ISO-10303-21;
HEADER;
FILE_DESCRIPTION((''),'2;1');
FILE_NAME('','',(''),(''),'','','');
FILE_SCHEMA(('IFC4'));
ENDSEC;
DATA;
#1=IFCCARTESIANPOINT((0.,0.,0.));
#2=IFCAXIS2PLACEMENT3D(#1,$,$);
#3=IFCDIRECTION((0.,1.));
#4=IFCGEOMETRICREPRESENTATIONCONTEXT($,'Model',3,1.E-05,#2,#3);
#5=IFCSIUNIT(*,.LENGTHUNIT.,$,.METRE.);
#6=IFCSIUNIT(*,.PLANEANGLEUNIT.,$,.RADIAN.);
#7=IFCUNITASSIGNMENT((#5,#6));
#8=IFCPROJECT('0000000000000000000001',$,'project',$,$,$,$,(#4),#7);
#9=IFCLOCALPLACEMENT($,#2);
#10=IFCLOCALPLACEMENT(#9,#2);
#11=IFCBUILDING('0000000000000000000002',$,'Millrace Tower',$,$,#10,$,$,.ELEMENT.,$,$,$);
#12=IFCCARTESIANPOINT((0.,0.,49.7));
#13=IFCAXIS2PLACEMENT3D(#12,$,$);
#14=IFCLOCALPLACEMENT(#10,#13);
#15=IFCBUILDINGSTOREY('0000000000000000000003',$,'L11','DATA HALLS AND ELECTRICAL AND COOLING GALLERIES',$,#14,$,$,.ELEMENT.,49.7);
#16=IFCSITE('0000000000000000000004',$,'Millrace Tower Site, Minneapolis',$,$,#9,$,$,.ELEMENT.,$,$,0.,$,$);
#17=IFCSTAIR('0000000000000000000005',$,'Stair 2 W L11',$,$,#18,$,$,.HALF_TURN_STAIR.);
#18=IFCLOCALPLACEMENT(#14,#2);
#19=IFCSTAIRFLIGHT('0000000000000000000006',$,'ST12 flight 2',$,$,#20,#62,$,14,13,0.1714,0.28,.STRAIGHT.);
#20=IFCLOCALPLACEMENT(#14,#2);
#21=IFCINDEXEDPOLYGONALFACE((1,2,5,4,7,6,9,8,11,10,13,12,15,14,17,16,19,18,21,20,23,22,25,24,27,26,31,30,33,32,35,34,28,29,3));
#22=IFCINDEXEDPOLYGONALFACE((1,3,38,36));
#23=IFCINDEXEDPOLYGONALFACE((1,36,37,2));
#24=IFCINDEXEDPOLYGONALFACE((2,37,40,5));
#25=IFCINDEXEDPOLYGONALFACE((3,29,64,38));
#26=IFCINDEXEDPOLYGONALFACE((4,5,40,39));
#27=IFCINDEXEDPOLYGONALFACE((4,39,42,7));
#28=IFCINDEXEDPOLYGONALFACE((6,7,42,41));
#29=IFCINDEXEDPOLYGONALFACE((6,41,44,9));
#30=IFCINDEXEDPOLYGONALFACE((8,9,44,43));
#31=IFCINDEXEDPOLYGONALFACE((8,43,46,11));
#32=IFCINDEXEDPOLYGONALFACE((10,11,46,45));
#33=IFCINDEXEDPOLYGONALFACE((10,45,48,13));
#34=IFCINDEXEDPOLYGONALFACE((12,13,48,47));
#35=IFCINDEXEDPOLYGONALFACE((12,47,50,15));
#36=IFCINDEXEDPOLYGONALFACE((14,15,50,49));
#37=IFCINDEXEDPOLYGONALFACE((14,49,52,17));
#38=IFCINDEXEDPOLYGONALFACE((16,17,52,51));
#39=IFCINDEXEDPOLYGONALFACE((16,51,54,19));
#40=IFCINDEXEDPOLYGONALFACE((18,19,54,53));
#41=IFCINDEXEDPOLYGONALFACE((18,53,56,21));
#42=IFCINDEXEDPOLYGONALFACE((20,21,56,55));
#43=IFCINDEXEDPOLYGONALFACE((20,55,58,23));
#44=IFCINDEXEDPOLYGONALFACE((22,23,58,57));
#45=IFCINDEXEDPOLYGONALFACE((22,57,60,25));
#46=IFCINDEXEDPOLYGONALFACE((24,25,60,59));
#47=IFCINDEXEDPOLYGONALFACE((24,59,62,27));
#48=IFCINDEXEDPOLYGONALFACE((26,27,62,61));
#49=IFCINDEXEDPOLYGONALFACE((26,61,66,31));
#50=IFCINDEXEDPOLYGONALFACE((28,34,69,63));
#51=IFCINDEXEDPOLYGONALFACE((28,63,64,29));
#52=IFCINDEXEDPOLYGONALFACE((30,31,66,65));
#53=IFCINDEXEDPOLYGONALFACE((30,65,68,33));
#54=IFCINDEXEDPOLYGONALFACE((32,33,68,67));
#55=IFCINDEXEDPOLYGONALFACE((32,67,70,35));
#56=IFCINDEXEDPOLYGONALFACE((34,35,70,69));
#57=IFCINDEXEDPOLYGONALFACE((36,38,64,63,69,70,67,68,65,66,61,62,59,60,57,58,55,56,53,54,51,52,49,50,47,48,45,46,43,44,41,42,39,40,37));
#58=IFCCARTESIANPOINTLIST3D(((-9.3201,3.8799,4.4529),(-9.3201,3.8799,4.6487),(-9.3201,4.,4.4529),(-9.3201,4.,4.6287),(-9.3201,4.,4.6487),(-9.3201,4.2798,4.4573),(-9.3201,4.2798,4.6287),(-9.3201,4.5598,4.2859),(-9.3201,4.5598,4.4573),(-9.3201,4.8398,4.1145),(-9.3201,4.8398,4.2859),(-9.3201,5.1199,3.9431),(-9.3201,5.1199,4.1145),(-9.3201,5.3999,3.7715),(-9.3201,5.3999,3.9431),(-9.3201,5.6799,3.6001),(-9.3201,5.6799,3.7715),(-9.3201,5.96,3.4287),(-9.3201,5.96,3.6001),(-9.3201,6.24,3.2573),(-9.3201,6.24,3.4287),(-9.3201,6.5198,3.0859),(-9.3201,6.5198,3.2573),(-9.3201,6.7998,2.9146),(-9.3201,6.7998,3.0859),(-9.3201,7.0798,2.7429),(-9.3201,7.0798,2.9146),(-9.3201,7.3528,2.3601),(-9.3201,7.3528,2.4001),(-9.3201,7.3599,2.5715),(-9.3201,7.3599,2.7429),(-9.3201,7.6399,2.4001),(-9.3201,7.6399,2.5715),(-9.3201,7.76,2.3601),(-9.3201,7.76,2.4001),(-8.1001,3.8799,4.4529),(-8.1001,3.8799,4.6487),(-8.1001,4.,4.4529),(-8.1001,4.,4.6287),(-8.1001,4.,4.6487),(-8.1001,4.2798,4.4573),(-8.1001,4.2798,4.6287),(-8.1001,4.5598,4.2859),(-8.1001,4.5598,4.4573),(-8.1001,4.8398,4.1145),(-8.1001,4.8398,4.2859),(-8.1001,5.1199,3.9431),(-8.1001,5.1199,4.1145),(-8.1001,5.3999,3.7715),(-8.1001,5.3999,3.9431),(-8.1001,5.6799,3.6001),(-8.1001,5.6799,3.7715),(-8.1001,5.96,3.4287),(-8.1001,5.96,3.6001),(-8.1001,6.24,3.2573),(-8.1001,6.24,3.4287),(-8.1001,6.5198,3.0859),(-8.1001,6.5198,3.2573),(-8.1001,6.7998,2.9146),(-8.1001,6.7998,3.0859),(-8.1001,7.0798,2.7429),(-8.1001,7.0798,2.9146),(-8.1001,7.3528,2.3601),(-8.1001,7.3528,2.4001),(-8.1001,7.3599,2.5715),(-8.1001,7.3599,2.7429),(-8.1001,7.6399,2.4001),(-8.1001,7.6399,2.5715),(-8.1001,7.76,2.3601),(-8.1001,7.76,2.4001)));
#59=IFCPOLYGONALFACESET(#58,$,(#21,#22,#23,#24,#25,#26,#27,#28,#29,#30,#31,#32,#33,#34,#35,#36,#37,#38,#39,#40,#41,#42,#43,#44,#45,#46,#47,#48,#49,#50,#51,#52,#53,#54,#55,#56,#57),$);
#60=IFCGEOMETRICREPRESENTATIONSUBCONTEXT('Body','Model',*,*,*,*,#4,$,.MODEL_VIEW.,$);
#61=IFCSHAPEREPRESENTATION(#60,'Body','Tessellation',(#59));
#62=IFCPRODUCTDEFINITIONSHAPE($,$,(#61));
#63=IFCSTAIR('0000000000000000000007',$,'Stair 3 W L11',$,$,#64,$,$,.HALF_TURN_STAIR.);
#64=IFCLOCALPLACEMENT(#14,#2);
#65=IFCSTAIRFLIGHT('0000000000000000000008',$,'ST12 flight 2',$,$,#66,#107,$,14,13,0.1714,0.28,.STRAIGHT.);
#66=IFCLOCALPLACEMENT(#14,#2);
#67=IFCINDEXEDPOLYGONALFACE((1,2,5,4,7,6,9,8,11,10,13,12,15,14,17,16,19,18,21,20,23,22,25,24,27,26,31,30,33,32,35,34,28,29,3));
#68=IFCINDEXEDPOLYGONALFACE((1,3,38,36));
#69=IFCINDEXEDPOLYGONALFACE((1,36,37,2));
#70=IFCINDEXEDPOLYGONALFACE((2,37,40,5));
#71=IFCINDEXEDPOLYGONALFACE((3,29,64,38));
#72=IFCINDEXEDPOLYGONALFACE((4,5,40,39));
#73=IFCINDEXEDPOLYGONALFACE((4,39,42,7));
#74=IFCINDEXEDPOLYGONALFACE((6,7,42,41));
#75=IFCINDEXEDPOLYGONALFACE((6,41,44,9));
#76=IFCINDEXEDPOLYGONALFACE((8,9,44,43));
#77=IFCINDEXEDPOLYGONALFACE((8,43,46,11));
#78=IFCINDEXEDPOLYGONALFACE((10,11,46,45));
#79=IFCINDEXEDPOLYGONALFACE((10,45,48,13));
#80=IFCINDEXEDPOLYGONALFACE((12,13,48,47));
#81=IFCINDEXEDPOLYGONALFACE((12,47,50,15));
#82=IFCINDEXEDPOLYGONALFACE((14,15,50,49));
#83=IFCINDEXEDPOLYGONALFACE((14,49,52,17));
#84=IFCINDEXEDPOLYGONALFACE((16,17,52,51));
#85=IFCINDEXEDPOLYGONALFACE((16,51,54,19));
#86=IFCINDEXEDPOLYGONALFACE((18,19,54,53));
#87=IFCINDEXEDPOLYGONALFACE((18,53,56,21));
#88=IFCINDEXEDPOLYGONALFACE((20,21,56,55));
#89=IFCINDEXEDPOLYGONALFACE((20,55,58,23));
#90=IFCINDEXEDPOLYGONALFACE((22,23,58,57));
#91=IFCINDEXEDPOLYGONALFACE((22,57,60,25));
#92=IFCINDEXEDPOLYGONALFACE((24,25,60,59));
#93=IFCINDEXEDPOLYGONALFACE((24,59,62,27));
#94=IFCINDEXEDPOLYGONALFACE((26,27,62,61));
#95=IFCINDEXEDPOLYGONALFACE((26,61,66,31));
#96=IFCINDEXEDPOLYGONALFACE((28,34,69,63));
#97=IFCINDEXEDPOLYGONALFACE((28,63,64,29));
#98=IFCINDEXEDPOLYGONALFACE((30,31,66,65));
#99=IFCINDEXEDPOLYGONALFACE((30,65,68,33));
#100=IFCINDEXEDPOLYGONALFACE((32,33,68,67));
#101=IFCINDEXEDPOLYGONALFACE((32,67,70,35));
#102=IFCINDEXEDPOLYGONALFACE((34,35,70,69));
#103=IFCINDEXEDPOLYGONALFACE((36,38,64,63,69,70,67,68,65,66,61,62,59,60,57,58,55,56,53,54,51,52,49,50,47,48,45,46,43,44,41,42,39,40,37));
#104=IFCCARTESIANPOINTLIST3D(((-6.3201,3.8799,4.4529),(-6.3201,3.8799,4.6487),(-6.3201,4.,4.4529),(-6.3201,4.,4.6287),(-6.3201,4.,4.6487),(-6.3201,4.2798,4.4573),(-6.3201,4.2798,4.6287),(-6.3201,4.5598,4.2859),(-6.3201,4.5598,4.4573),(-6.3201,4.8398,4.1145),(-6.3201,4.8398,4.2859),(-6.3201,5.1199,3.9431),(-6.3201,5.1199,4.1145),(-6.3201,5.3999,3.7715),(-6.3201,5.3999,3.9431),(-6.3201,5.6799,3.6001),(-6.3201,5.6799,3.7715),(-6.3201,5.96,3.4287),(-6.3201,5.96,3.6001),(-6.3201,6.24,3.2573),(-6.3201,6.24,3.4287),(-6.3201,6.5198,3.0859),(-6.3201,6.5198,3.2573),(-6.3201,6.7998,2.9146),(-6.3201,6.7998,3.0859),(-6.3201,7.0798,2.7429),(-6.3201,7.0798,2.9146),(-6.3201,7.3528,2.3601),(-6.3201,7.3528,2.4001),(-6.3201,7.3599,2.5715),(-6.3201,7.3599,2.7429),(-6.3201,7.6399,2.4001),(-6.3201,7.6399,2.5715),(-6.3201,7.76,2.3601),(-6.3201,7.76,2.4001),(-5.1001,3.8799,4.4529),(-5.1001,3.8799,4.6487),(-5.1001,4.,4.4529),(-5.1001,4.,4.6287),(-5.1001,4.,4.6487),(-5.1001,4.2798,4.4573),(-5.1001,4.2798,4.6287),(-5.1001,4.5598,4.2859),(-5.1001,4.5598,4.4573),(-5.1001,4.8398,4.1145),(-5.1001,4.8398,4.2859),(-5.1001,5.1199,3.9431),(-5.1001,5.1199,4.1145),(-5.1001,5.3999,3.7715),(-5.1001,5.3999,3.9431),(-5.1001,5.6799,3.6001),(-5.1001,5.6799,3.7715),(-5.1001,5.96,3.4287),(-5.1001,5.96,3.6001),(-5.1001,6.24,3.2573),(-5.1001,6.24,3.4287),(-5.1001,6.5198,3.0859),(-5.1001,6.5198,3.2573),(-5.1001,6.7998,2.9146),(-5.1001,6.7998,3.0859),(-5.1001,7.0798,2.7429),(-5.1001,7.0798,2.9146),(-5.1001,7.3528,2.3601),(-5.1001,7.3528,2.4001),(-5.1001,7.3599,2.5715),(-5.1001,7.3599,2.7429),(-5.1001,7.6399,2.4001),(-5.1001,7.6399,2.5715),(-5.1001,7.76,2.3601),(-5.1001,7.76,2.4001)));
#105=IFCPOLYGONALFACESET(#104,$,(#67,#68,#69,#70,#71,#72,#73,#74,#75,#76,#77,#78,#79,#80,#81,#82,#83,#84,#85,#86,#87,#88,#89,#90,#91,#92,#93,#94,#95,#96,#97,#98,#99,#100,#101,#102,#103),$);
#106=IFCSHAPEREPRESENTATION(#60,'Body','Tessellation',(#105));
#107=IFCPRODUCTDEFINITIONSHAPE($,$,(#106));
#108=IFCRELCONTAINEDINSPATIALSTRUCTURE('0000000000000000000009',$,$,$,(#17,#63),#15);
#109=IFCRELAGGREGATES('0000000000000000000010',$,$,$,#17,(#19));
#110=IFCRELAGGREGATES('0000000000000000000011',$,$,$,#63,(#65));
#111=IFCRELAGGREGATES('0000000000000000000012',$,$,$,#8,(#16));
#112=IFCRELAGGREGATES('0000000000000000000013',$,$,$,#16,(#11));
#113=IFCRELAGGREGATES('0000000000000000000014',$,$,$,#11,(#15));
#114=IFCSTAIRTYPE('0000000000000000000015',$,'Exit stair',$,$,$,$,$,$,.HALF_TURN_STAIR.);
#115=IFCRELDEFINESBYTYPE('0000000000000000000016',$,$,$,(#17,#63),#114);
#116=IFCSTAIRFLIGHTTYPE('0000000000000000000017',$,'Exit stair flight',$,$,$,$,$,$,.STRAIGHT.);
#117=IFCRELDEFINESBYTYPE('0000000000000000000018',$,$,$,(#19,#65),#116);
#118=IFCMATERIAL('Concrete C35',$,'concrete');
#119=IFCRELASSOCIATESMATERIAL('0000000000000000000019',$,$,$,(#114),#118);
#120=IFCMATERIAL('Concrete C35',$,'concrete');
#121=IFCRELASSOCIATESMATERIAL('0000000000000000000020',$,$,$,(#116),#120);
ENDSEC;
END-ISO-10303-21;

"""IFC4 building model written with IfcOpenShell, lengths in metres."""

from ifc_helpers import new_model, si_unit, direction, frame, origin, place, context, subcontext, project, spatial, polyline, outline, extrude, material, type_object, element, aggregate, save


model = new_model("IFC4")

# Units and contexts
model_context = context("Model", 3, precision=1e-05, world=origin(), true_north=direction((0.0, 1.0)))
body_context = subcontext(model_context, "Body", "Model", "MODEL_VIEW")
ifc_project = project(units=[si_unit("LENGTHUNIT", "METRE"), si_unit("PLANEANGLEUNIT", "RADIAN")], contexts=[model_context])

# Site, building, storey
site_placement = place(None, origin())
site = spatial("IfcSite", under=ifc_project, at=site_placement, Name="Millrace Tower Site, Minneapolis", CompositionType="ELEMENT", RefElevation=0.0)
building_placement = place(site_placement, origin())
building = spatial("IfcBuilding", under=site, at=building_placement, Name="Millrace Tower", CompositionType="ELEMENT")
storey_placement = place(building_placement, frame((0.0, 0.0, 49.7)))
storey = spatial("IfcBuildingStorey", under=building, at=storey_placement, Name="L11", Description="DATA HALLS AND ELECTRICAL AND COOLING GALLERIES", CompositionType="ELEMENT", Elevation=49.7)

# Shared definitions
placement = place(storey_placement, origin())

# Stairs, stair flights
ifc_material_1 = material(Name="Concrete C35", Category="concrete")
stair_type = type_object("IfcStairType", Name="Exit stair", PredefinedType="HALF_TURN_STAIR", material=ifc_material_1)
ifc_material_2 = material(Name="Concrete C35", Category="concrete")
stair_flight_type = type_object("IfcStairFlightType", Name="Exit stair flight", PredefinedType="STRAIGHT", material=ifc_material_2)
stair_1 = element("IfcStair", 1, at=placement, inside=storey, type_object=stair_type, Name="Stair 2 W L11", PredefinedType="HALF_TURN_STAIR")
stair_flight_1_placement = place(storey_placement, frame((-8.71, 7.6399, 2.4001), z_axis=(0.0, 0.0, 1.0), x_axis=(0.0, -1.0, 0.0)))
stair_flight_1 = element("IfcStairFlight", 2, at=stair_flight_1_placement, type_object=stair_flight_type, Name="ST12 flight 2", NumberOfRisers=14, NumberOfTreads=13, PredefinedType="STRAIGHT", RiserHeight=0.1714, TreadLength=0.28, context=body_context, shape_type="SweptSolid", body=[
    extrude(outline(polyline([(-0.1201, -0.04), (-0.1201, 0.0), (0.0, 0.0), (0.0, 0.1714), (0.28, 0.1714), (0.28, 0.3428), (0.5601, 0.3428), (0.5601, 0.5144), (0.8401, 0.5144), (0.8401, 0.6858), (1.1201, 0.6858), (1.1201, 0.8572), (1.3999, 0.8572), (1.3999, 1.0286), (1.6799, 1.0286), (1.6799, 1.2), (1.96, 1.2), (1.96, 1.3713), (2.24, 1.3713), (2.24, 1.543), (2.52, 1.543), (2.52, 1.7144), (2.8, 1.7144), (2.8, 1.8857), (3.0801, 1.8857), (3.0801, 2.0571), (3.3601, 2.0571), (3.3601, 2.2285), (3.6399, 2.2285), (3.6399, 2.2485), (3.76, 2.2485), (3.76, 2.0527), (3.6399, 2.0527), (0.2871, 0.0), (0.2871, -0.04), (-0.1201, -0.04)])), frame((0.0, 0.6099, 0.0), z_axis=(0.0, -1.0, 0.0), x_axis=(1.0, 0.0, 0.0)), (0.0, 0.0, 1.0), 1.22),
])
aggregate(stair_1, [stair_flight_1])
stair_2 = element("IfcStair", 3, at=placement, inside=storey, type_object=stair_type, Name="Stair 3 W L11", PredefinedType="HALF_TURN_STAIR")
stair_flight_2_placement = place(storey_placement, frame((-5.71, 7.6399, 2.4001), z_axis=(0.0, 0.0, 1.0), x_axis=(0.0, -1.0, 0.0)))
stair_flight_2 = element("IfcStairFlight", 4, at=stair_flight_2_placement, type_object=stair_flight_type, Name="ST12 flight 2", NumberOfRisers=14, NumberOfTreads=13, PredefinedType="STRAIGHT", RiserHeight=0.1714, TreadLength=0.28, context=body_context, shape_type="SweptSolid", body=[
    extrude(outline(polyline([(-0.1201, -0.04), (-0.1201, 0.0), (0.0, 0.0), (0.0, 0.1714), (0.28, 0.1714), (0.28, 0.3428), (0.5601, 0.3428), (0.5601, 0.5144), (0.8401, 0.5144), (0.8401, 0.6858), (1.1201, 0.6858), (1.1201, 0.8572), (1.3999, 0.8572), (1.3999, 1.0286), (1.6799, 1.0286), (1.6799, 1.2), (1.96, 1.2), (1.96, 1.3713), (2.24, 1.3713), (2.24, 1.543), (2.52, 1.543), (2.52, 1.7144), (2.8, 1.7144), (2.8, 1.8857), (3.0801, 1.8857), (3.0801, 2.0571), (3.3601, 2.0571), (3.3601, 2.2285), (3.6399, 2.2285), (3.6399, 2.2485), (3.76, 2.2485), (3.76, 2.0527), (3.6399, 2.0527), (0.2871, 0.0), (0.2871, -0.04), (-0.1201, -0.04)])), frame((0.0, 0.6099, 0.0), z_axis=(0.0, -1.0, 0.0), x_axis=(1.0, 0.0, 0.0)), (0.0, 0.0, 1.0), 1.22),
])
aggregate(stair_2, [stair_flight_2])

save(model, "model.ifc")
